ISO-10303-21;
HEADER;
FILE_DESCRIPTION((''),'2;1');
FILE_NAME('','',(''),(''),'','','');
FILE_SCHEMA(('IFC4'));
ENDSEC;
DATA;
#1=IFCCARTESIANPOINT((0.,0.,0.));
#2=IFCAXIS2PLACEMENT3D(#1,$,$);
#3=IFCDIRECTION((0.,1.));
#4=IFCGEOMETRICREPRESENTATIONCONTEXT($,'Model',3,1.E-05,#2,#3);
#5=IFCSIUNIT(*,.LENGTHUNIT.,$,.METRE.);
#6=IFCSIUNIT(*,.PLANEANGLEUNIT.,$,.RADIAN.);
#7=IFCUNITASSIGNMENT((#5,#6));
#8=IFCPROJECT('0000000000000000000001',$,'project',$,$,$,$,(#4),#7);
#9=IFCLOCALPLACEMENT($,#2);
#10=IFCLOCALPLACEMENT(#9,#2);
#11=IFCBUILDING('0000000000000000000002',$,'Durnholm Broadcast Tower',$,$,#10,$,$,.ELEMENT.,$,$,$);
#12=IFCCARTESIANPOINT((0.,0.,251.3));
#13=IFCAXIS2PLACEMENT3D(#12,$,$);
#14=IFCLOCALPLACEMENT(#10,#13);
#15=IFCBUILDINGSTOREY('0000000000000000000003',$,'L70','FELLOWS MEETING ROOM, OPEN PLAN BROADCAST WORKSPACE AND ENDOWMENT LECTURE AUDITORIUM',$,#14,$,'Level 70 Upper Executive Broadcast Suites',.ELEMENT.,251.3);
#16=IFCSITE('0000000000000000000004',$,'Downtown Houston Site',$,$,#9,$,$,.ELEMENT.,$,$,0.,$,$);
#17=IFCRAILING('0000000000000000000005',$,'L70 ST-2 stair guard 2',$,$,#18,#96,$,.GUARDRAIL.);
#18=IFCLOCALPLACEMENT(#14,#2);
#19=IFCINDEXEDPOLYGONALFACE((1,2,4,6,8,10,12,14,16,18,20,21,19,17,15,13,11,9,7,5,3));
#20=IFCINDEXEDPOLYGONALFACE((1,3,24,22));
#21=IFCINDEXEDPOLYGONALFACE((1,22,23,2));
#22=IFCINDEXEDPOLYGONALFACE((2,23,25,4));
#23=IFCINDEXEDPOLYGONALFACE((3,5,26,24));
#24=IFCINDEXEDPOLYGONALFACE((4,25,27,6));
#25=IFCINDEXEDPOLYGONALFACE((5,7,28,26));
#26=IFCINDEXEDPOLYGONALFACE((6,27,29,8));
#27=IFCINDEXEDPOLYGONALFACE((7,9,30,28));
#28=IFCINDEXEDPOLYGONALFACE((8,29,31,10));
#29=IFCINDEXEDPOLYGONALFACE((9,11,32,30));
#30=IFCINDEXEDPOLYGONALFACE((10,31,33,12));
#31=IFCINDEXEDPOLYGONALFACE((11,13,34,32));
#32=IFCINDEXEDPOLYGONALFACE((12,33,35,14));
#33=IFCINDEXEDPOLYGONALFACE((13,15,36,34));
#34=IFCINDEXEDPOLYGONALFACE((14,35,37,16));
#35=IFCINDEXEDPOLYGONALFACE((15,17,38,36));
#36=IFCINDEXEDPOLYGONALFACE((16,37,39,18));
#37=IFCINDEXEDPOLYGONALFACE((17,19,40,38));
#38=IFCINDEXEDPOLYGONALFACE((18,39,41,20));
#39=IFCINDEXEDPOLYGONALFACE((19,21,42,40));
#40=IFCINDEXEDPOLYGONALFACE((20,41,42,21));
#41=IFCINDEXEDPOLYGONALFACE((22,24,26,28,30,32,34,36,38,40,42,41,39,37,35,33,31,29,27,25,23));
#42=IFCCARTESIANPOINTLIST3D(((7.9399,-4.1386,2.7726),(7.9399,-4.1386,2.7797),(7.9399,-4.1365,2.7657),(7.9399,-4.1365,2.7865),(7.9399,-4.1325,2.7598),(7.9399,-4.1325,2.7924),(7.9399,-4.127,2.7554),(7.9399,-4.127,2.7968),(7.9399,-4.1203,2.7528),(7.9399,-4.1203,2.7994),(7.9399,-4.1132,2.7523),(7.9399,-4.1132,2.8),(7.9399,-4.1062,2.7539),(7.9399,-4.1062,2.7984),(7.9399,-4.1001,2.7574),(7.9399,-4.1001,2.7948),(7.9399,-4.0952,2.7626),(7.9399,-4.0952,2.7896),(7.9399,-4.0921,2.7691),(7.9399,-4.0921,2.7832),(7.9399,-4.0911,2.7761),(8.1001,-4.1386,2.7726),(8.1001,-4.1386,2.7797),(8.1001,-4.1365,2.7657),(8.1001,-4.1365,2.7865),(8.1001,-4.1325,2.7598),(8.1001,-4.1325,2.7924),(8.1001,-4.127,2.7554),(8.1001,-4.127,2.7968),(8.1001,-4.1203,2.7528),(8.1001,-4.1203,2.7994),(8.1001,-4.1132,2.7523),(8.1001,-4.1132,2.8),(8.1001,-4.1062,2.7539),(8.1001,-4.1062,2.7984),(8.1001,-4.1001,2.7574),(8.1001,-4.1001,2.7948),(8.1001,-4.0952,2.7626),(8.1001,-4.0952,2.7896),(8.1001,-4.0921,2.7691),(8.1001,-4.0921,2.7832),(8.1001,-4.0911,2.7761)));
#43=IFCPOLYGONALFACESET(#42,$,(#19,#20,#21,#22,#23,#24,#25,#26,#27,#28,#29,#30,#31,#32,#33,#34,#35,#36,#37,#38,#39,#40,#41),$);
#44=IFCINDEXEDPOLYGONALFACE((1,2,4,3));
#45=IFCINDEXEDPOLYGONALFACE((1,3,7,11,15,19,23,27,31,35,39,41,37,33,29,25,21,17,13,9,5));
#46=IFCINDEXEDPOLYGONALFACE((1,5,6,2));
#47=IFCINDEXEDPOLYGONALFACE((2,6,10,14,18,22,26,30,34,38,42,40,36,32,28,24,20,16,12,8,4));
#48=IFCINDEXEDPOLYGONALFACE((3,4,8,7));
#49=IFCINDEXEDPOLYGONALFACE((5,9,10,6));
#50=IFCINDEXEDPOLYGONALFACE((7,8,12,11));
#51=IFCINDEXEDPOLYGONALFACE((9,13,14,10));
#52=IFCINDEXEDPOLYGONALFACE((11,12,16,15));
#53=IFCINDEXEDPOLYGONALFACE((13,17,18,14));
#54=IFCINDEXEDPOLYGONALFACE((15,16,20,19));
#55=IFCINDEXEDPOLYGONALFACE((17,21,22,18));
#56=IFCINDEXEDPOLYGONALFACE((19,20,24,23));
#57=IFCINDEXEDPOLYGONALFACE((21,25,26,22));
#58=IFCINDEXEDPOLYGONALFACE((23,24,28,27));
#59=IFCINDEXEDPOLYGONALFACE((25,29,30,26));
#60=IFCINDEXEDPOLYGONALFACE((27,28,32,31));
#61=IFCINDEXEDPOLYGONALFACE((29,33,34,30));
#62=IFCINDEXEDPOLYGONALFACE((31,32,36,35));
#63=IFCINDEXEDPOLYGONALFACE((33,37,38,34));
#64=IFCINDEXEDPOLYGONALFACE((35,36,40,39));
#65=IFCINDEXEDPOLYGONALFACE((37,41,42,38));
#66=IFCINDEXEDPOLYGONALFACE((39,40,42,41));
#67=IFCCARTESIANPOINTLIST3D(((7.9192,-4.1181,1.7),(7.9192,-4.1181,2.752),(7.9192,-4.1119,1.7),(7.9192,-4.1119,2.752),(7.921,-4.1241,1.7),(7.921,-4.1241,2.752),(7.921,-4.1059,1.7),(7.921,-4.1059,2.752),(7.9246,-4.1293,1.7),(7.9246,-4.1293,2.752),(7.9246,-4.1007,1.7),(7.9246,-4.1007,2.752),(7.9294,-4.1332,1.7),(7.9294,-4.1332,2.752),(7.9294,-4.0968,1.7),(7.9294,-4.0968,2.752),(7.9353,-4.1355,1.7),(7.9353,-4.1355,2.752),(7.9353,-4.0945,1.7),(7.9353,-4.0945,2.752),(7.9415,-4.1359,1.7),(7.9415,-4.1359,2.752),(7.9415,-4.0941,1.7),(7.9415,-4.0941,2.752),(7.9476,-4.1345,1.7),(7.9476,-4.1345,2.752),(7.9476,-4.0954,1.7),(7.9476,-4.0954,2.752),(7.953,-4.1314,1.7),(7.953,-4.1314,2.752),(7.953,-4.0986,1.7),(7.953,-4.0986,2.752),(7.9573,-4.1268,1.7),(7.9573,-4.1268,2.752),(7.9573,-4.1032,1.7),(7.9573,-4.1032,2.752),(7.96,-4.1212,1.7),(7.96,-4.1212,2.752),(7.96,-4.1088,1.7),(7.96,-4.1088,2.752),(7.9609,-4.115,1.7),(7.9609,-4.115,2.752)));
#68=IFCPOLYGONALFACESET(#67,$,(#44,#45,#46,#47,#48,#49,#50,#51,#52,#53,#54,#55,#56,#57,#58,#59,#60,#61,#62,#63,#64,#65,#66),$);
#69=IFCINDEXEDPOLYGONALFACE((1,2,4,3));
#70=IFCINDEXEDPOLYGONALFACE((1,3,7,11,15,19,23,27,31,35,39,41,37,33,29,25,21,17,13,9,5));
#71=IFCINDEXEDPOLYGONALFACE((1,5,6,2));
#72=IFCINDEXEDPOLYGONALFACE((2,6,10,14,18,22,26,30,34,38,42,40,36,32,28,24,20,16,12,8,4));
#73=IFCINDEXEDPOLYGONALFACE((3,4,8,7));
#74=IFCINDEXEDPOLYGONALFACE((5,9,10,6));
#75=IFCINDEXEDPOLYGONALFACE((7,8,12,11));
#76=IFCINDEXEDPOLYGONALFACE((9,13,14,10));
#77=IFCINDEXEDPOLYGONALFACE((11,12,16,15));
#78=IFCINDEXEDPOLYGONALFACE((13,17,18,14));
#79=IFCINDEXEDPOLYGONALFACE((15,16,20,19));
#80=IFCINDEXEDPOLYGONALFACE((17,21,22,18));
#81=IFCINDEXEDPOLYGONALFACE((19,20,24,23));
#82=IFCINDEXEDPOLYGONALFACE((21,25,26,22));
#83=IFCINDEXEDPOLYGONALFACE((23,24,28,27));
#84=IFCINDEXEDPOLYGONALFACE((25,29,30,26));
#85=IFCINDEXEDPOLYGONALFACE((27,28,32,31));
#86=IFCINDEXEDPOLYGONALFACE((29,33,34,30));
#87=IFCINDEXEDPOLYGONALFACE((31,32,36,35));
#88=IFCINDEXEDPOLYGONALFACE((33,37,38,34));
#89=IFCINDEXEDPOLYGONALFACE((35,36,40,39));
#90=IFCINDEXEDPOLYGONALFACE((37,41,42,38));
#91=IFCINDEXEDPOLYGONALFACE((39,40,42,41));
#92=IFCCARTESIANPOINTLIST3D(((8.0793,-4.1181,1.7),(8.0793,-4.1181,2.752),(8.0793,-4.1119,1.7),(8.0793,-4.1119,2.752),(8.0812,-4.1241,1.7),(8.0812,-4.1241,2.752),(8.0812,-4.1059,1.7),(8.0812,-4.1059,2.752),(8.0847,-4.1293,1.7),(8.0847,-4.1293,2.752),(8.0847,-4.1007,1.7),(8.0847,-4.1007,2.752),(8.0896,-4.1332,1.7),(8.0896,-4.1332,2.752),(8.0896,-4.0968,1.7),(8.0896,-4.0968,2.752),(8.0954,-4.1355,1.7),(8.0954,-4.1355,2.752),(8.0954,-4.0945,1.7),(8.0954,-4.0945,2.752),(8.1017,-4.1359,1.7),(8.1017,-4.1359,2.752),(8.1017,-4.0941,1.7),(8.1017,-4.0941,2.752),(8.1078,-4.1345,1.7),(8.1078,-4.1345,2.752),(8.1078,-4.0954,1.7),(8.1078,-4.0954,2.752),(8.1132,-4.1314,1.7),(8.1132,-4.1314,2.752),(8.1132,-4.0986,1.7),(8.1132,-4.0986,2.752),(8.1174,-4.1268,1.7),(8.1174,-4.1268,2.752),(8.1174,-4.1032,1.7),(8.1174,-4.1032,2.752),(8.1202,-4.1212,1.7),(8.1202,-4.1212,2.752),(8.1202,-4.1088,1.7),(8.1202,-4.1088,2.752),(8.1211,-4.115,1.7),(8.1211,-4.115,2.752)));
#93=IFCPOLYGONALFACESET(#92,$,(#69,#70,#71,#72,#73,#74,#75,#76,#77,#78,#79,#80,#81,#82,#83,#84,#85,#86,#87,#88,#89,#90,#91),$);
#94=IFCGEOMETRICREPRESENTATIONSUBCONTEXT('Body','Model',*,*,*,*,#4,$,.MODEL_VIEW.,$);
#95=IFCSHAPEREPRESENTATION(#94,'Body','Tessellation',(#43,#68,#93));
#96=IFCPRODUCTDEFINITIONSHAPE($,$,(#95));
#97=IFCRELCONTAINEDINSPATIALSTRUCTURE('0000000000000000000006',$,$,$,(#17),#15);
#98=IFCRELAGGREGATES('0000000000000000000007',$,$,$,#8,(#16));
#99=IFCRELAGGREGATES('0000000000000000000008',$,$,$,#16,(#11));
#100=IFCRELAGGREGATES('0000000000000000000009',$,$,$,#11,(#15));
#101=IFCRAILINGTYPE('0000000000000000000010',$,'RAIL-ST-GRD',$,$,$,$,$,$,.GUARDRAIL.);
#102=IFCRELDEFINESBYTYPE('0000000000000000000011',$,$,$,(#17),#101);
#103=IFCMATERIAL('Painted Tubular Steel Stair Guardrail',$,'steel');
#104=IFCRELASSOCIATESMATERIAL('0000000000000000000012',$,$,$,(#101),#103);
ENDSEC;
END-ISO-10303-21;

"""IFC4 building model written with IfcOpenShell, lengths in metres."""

from ifc_helpers import new_model, si_unit, direction, frame, origin, origin_2d, place, context, subcontext, project, spatial, circle, extrude, material, type_object, element, save


model = new_model("IFC4")

# Units and contexts
model_context = context("Model", 3, precision=1e-05, world=origin(), true_north=direction((0.0, 1.0)))
body_context = subcontext(model_context, "Body", "Model", "MODEL_VIEW")
ifc_project = project(units=[si_unit("LENGTHUNIT", "METRE"), si_unit("PLANEANGLEUNIT", "RADIAN")], contexts=[model_context])

# Site, building, storey
site_placement = place(None, origin())
site = spatial("IfcSite", under=ifc_project, at=site_placement, Name="Downtown Houston Site", CompositionType="ELEMENT", RefElevation=0.0)
building_placement = place(site_placement, origin())
building = spatial("IfcBuilding", under=site, at=building_placement, Name="Durnholm Broadcast Tower", CompositionType="ELEMENT")
storey_placement = place(building_placement, frame((0.0, 0.0, 251.3)))
storey = spatial("IfcBuildingStorey", under=building, at=storey_placement, Name="L70", Description="FELLOWS MEETING ROOM, OPEN PLAN BROADCAST WORKSPACE AND ENDOWMENT LECTURE AUDITORIUM", LongName="Level 70 Upper Executive Broadcast Suites", CompositionType="ELEMENT", Elevation=251.3)

# Railing
ifc_material_1 = material(Name="Painted Tubular Steel Stair Guardrail", Category="steel")
railing_type_1 = type_object("IfcRailingType", Name="RAIL-ST-GRD", PredefinedType="GUARDRAIL", material=ifc_material_1)
railing_1_placement = place(storey_placement, frame((7.9399, -4.115, 1.7)))
element("IfcRailing", 1, at=railing_1_placement, inside=storey, type_object=railing_type_1, Name="L70 ST-2 stair guard 2", PredefinedType="GUARDRAIL", context=body_context, shape_type="SweptSolid", body=[
    extrude(circle(Radius=0.0239, at=origin_2d()), frame((0.0, 0.0, 1.0762), z_axis=(1.0, 0.0, 0.0), x_axis=(0.0, 1.0, 0.0)), (0.0, 0.0, 1.0), 0.1602),
    extrude(circle(Radius=0.021, at=origin_2d()), origin(), (0.0, 0.0, 1.0), 1.052),
    extrude(circle(Radius=0.021, at=origin_2d()), frame((0.1602, 0.0, 0.0)), (0.0, 0.0, 1.0), 1.052),
])

save(model, "model.ifc")
